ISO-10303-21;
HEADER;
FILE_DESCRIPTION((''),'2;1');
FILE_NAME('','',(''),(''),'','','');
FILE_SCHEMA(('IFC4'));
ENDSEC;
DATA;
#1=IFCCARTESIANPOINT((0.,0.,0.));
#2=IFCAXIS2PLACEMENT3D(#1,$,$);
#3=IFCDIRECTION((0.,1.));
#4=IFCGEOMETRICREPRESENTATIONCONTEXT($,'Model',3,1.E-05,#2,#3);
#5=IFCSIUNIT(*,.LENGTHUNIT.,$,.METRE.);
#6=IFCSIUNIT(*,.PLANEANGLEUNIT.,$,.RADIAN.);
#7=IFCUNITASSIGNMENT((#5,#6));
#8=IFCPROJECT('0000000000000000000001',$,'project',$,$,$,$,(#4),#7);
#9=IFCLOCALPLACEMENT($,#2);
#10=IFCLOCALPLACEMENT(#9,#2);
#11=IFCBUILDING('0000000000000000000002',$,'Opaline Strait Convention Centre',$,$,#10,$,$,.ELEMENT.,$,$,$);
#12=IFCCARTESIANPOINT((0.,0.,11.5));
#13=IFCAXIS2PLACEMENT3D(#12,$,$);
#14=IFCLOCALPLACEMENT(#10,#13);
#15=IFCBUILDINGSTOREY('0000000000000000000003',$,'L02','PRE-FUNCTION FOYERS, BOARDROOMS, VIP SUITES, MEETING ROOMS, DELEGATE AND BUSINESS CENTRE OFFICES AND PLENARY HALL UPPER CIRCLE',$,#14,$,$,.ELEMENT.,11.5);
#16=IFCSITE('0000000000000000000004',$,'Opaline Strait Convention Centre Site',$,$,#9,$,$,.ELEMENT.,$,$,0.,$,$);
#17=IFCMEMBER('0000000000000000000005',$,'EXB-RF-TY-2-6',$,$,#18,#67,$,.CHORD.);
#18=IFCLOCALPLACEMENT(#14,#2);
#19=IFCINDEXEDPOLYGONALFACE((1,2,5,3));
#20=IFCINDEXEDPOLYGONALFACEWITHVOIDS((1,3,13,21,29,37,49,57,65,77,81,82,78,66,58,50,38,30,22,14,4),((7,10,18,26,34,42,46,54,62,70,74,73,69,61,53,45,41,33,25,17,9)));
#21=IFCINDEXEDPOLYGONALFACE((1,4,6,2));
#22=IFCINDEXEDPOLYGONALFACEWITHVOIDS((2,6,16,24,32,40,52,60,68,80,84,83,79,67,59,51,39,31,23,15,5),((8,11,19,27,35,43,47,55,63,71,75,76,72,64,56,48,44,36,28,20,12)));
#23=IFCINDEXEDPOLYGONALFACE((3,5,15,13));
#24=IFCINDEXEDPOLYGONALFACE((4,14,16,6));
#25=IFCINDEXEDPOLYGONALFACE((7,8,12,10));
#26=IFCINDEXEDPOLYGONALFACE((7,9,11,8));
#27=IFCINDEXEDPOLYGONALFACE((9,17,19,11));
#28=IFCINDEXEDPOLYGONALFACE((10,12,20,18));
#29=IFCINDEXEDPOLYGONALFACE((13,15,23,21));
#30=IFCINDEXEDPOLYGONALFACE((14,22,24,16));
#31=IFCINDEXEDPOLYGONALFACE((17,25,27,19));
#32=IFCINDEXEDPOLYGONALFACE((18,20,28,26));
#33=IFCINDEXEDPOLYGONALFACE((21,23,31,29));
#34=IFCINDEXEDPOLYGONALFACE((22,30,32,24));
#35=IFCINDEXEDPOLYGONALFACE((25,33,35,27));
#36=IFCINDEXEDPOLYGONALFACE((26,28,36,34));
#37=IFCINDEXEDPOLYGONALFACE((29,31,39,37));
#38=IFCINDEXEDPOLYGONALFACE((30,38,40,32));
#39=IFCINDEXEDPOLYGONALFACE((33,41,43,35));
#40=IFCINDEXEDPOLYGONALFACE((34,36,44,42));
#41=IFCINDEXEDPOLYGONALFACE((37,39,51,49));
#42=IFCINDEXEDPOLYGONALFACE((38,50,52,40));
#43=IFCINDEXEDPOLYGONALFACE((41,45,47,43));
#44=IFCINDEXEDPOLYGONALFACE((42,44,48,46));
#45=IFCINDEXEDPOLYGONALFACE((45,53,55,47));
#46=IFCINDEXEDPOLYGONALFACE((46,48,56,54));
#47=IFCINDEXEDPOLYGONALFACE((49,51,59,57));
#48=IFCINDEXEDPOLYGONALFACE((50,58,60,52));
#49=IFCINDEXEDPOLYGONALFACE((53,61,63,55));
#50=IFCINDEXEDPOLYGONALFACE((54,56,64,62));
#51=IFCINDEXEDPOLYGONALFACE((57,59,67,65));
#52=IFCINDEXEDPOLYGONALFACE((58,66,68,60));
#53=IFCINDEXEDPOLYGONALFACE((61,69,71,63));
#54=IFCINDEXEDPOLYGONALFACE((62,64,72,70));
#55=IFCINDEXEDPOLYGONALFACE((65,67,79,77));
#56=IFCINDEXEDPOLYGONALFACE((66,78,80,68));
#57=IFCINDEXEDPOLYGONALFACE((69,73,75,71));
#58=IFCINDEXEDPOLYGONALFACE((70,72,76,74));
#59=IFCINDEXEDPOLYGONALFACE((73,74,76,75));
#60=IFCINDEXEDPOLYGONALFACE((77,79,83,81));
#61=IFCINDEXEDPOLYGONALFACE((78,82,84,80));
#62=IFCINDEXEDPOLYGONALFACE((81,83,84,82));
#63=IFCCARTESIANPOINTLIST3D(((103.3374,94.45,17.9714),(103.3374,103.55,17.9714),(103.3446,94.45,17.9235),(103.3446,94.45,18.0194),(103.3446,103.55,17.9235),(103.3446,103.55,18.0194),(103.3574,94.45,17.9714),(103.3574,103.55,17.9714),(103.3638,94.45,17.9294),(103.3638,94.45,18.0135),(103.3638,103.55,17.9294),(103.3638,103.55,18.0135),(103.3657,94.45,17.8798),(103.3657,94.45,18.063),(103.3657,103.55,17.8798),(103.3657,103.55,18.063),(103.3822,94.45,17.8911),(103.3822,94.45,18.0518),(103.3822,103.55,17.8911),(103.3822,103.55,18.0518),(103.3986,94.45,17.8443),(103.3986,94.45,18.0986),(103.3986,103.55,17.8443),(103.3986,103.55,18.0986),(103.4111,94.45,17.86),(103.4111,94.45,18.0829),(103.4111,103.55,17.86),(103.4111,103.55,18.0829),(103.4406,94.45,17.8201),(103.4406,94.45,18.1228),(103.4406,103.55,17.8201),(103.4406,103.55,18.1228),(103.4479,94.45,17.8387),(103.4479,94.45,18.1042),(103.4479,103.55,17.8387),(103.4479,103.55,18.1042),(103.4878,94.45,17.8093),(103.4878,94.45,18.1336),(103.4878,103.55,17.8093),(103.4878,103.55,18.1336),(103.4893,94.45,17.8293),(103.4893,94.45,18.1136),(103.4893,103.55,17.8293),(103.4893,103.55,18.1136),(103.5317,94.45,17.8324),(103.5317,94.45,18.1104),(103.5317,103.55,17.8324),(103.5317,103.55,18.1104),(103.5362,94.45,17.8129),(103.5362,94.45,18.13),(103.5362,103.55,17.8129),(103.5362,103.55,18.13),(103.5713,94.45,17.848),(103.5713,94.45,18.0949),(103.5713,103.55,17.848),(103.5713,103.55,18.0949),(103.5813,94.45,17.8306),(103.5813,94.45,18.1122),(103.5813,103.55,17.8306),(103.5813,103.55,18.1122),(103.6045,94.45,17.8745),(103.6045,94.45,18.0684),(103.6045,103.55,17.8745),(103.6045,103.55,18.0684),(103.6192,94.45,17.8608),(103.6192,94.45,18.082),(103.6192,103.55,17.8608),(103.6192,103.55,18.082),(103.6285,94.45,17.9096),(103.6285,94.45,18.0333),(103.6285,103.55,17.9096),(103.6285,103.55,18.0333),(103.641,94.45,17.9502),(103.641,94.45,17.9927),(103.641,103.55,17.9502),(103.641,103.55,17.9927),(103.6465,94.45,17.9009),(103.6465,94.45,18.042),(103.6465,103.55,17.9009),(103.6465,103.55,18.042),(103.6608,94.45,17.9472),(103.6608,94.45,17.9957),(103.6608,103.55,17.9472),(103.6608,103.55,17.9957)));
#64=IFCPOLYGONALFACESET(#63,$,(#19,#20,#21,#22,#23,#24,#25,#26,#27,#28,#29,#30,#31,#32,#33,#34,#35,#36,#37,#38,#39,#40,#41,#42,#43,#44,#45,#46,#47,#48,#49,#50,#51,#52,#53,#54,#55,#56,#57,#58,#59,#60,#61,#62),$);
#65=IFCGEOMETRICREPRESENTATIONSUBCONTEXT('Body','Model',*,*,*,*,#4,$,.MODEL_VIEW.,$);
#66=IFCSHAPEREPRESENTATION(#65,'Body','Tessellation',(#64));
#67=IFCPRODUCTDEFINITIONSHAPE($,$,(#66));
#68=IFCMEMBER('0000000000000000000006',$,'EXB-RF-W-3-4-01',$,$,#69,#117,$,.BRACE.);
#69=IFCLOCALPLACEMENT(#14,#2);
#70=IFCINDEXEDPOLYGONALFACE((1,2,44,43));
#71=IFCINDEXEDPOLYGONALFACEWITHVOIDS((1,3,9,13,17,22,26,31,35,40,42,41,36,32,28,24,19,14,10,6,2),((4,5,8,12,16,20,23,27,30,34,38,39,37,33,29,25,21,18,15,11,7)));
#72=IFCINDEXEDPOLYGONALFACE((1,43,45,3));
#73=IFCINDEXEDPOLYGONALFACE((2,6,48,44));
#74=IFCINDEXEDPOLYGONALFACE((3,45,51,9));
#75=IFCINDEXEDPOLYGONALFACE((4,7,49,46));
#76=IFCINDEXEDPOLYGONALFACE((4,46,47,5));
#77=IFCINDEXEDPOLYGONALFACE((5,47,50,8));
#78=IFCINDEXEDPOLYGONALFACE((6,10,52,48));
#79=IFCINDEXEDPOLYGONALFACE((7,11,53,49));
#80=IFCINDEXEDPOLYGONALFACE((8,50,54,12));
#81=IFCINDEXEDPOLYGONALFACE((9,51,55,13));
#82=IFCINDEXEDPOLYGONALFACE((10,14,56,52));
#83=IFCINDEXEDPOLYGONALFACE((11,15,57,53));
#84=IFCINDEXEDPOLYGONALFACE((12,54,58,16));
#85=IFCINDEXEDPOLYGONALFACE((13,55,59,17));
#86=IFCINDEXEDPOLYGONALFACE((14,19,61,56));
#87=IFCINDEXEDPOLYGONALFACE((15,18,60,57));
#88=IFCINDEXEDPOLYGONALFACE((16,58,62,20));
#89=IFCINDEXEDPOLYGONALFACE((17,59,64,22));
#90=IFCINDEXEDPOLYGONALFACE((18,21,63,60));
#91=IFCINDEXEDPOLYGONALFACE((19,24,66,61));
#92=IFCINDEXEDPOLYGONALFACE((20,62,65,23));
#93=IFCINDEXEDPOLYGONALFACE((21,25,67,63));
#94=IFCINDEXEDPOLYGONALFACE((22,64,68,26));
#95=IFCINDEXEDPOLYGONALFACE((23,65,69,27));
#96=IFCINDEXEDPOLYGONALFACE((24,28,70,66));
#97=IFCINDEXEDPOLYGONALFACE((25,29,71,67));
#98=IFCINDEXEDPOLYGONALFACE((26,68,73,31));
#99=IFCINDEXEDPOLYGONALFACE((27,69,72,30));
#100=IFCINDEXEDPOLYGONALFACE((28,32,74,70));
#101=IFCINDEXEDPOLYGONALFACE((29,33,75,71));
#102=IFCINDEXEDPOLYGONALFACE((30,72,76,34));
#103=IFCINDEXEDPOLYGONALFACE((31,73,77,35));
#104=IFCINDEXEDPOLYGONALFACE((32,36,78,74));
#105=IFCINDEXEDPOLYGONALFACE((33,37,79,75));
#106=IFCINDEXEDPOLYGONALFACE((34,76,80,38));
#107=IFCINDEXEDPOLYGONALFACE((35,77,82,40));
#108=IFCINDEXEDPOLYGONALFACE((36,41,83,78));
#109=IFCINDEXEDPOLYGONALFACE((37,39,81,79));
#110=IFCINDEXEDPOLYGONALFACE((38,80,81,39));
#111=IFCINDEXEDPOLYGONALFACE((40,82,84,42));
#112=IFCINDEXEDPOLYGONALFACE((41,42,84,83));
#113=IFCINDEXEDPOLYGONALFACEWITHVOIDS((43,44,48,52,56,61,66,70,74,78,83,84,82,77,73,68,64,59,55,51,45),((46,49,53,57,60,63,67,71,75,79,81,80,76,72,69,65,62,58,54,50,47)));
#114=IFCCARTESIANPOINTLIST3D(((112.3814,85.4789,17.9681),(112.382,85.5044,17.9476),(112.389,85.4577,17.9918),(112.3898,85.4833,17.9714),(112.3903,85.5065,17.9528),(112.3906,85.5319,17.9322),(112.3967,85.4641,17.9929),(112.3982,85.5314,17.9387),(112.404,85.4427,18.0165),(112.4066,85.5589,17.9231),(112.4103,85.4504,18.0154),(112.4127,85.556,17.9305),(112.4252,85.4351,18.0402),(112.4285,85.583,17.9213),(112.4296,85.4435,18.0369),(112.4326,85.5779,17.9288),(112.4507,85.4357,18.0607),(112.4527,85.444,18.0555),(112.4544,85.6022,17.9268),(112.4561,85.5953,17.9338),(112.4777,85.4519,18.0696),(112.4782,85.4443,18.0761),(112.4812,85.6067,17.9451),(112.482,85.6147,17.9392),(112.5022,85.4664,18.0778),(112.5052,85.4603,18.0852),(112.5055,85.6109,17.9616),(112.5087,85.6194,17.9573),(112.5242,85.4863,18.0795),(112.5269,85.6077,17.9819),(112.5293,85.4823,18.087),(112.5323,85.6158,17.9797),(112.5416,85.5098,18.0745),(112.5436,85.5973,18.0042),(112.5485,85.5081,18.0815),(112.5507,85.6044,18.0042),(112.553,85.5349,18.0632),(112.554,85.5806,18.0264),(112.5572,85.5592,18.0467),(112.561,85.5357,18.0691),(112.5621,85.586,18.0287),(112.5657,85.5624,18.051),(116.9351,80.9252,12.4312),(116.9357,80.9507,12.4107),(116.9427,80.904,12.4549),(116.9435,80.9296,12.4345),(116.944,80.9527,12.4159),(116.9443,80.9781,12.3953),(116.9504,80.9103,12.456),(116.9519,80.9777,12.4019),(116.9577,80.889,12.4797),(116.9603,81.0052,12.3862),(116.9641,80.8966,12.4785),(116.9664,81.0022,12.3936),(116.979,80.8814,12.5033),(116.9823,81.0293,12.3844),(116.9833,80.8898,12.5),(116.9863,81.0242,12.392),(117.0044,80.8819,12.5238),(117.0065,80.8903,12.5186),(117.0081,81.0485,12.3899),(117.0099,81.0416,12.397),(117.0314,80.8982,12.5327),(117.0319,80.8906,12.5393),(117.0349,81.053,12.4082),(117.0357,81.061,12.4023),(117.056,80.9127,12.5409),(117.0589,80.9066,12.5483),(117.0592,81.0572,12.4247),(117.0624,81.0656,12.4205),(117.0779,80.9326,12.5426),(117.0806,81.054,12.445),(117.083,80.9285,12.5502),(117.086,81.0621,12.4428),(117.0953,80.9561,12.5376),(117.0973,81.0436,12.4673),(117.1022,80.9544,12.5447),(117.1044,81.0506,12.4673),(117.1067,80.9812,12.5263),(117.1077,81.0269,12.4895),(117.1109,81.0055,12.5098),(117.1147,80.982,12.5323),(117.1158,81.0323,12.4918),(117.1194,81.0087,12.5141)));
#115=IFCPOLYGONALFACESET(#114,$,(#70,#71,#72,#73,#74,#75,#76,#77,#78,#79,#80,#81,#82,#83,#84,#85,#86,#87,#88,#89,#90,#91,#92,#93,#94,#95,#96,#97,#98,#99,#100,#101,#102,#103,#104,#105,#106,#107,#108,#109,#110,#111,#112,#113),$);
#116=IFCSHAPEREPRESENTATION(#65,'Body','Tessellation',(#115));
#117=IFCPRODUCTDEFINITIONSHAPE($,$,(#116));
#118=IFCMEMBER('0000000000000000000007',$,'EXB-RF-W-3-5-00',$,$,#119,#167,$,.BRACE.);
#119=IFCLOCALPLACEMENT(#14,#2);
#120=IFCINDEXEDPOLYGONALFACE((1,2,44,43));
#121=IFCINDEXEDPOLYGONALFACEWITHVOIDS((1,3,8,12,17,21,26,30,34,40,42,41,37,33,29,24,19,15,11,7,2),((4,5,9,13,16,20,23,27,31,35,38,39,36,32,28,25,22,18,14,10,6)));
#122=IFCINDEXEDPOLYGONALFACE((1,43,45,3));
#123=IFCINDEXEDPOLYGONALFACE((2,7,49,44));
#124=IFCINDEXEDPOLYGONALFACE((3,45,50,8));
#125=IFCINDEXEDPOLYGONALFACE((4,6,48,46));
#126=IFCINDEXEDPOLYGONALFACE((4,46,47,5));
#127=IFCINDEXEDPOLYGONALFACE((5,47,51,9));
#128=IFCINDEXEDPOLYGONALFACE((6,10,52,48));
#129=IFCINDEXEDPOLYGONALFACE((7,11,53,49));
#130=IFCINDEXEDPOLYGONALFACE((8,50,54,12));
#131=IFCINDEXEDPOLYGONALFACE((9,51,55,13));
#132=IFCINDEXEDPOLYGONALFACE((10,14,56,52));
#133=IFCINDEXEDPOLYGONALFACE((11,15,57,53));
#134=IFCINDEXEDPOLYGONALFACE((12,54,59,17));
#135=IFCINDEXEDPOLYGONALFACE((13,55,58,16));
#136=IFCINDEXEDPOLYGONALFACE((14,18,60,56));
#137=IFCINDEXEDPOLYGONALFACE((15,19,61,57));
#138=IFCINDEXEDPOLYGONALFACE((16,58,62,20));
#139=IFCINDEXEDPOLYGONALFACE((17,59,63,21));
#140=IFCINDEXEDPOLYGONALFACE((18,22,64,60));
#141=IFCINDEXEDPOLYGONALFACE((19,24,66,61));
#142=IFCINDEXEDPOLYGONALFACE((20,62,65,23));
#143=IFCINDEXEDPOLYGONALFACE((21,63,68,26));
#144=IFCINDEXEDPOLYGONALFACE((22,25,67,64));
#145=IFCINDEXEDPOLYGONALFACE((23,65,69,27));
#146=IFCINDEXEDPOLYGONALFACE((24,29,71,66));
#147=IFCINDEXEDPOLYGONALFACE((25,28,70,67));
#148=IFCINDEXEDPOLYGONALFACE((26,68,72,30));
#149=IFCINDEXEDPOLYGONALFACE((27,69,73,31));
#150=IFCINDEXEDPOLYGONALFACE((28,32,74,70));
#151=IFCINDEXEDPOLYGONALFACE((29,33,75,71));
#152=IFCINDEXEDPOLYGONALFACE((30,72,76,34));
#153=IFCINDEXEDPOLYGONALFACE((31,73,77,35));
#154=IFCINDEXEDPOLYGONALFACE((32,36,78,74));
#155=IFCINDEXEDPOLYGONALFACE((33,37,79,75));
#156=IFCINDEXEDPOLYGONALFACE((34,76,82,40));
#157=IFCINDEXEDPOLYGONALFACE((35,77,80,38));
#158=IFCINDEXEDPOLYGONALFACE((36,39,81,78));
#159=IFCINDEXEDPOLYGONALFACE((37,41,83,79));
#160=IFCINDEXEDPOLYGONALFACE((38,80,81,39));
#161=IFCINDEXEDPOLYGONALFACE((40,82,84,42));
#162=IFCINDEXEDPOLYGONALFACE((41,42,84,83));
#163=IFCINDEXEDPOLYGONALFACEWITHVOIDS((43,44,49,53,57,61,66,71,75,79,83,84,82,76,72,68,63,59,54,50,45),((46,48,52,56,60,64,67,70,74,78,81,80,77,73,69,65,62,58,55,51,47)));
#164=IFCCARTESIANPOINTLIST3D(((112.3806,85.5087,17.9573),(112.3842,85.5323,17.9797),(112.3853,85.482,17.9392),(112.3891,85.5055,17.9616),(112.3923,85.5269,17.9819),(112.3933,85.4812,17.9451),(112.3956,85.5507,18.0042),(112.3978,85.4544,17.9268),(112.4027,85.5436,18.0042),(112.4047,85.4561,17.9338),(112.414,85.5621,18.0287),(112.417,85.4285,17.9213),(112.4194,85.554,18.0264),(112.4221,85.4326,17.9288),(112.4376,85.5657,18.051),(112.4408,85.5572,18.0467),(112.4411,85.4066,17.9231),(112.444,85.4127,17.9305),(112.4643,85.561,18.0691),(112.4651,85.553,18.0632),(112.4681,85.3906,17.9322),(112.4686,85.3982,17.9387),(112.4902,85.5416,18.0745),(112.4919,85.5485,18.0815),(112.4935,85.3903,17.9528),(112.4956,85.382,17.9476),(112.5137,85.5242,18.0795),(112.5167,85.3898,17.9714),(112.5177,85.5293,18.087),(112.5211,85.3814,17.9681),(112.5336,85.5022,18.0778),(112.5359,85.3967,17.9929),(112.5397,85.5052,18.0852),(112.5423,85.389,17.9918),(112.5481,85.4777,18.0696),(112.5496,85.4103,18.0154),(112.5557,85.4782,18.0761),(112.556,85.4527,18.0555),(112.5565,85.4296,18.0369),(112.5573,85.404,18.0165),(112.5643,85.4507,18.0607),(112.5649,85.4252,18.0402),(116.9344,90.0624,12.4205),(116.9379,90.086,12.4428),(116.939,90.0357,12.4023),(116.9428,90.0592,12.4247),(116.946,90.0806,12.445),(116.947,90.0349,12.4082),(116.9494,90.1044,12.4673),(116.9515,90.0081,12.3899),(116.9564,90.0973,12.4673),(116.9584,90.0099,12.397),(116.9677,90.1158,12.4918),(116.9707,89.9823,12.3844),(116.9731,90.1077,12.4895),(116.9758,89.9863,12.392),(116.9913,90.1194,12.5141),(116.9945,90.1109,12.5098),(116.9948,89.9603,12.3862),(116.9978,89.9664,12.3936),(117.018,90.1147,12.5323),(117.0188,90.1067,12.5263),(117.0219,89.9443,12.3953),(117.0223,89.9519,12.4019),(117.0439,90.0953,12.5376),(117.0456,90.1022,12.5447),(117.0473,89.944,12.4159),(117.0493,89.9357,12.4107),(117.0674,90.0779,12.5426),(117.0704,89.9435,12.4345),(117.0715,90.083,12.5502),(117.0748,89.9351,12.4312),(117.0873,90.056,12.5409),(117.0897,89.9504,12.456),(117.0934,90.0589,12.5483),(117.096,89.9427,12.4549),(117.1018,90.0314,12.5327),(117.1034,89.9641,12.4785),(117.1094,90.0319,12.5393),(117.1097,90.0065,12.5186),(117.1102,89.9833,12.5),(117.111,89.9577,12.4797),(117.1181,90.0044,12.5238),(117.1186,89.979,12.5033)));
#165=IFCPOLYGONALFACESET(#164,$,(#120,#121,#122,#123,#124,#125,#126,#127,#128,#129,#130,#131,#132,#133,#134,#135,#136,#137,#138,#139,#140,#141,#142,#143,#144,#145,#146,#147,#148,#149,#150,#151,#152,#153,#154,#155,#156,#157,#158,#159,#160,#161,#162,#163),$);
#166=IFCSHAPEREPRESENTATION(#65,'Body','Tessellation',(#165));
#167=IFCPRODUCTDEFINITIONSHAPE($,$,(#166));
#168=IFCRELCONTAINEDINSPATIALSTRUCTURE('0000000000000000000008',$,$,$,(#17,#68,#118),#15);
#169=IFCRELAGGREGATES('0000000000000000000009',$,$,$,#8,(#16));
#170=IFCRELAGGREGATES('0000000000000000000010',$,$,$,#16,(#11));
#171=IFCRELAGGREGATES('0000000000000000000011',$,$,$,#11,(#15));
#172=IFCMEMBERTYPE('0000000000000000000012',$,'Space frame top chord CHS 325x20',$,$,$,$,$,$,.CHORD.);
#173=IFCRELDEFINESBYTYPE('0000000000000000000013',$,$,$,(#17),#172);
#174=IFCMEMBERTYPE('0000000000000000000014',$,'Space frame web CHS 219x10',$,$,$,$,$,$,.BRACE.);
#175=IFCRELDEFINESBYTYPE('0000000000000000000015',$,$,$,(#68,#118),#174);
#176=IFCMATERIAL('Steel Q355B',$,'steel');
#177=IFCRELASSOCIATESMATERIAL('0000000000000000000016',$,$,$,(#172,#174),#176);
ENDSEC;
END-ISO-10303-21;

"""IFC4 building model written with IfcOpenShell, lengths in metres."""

from ifc_helpers import new_model, si_unit, direction, frame, origin, origin_2d, place, context, subcontext, project, spatial, hollow_circle, extrude, material, material_profile, profile_set, type_object, element, save


model = new_model("IFC4")

# Units and contexts
model_context = context("Model", 3, precision=1e-05, world=origin(), true_north=direction((0.0, 1.0)))
body_context = subcontext(model_context, "Body", "Model", "MODEL_VIEW")
ifc_project = project(units=[si_unit("LENGTHUNIT", "METRE"), si_unit("PLANEANGLEUNIT", "RADIAN")], contexts=[model_context])

# Site, building, storey
site_placement = place(None, origin())
site = spatial("IfcSite", under=ifc_project, at=site_placement, Name="Opaline Strait Convention Centre Site", CompositionType="ELEMENT", RefElevation=0.0)
building_placement = place(site_placement, origin())
building = spatial("IfcBuilding", under=site, at=building_placement, Name="Opaline Strait Convention Centre", CompositionType="ELEMENT")
storey_placement = place(building_placement, frame((0.0, 0.0, 11.5)))
storey = spatial("IfcBuildingStorey", under=building, at=storey_placement, Name="L02", Description="PRE-FUNCTION FOYERS, BOARDROOMS, VIP SUITES, MEETING ROOMS, DELEGATE AND BUSINESS CENTRE OFFICES AND PLENARY HALL UPPER CIRCLE", CompositionType="ELEMENT", Elevation=11.5)

# Shared definitions
ifc_material_1 = material(Name="Steel Q355B", Category="steel")

# Members
ifc_material_profile_1 = material_profile(ifc_material_1, hollow_circle(Radius=0.1626, WallThickness=0.02, at=origin_2d()), Name="CHS 325x20")
ifc_profile_set_1 = profile_set([ifc_material_profile_1], Name="Steel Q355B")
member_type_1 = type_object("IfcMemberType", Name="Space frame top chord CHS 325x20", PredefinedType="CHORD", material=ifc_profile_set_1)
for number, where, z_axis, x_axis, name in (
    (1, (103.5, 94.45, 17.9714), (0.0, 1.0, 0.0), (-1.0, 0.0, 0.0), "EXB-RF-TY-2-6"),
):
    element("IfcMember", number, at=place(storey_placement, frame(where, z_axis=z_axis, x_axis=x_axis)), inside=storey, type_object=member_type_1, Name=name, PredefinedType="CHORD", context=body_context, shape_type="SweptSolid", body=[
        extrude(hollow_circle(Radius=0.1626, WallThickness=0.02, at=origin_2d()), origin(), (0.0, 0.0, 1.0), 9.1001),
    ])
ifc_material_profile_2 = material_profile(ifc_material_1, hollow_circle(Radius=0.1096, WallThickness=0.01, at=origin_2d()), Name="CHS 219x10")
ifc_profile_set_2 = profile_set([ifc_material_profile_2], Name="Steel Q355B")
member_type_2 = type_object("IfcMemberType", Name="Space frame web CHS 219x10", PredefinedType="BRACE", material=ifc_profile_set_2)
for number, where, z_axis, x_axis, name in (
    (2, (112.4731, 85.5269, 18.0042), (0.536178, -0.536178, -0.65194), (0.707107, 0.707107, 0.0), "EXB-RF-W-3-4-01"),
    (3, (112.4731, 85.4731, 18.0042), (0.536178, 0.536178, -0.65194), (-0.707107, 0.707107, 0.0), "EXB-RF-W-3-5-00"),
):
    element("IfcMember", number, at=place(storey_placement, frame(where, z_axis=z_axis, x_axis=x_axis)), inside=storey, type_object=member_type_2, Name=name, PredefinedType="BRACE", context=body_context, shape_type="SweptSolid", body=[
        extrude(hollow_circle(Radius=0.1096, WallThickness=0.01, at=origin_2d()), origin(), (0.0, 0.0, 1.0), 8.4929),
    ])

save(model, "model.ifc")
